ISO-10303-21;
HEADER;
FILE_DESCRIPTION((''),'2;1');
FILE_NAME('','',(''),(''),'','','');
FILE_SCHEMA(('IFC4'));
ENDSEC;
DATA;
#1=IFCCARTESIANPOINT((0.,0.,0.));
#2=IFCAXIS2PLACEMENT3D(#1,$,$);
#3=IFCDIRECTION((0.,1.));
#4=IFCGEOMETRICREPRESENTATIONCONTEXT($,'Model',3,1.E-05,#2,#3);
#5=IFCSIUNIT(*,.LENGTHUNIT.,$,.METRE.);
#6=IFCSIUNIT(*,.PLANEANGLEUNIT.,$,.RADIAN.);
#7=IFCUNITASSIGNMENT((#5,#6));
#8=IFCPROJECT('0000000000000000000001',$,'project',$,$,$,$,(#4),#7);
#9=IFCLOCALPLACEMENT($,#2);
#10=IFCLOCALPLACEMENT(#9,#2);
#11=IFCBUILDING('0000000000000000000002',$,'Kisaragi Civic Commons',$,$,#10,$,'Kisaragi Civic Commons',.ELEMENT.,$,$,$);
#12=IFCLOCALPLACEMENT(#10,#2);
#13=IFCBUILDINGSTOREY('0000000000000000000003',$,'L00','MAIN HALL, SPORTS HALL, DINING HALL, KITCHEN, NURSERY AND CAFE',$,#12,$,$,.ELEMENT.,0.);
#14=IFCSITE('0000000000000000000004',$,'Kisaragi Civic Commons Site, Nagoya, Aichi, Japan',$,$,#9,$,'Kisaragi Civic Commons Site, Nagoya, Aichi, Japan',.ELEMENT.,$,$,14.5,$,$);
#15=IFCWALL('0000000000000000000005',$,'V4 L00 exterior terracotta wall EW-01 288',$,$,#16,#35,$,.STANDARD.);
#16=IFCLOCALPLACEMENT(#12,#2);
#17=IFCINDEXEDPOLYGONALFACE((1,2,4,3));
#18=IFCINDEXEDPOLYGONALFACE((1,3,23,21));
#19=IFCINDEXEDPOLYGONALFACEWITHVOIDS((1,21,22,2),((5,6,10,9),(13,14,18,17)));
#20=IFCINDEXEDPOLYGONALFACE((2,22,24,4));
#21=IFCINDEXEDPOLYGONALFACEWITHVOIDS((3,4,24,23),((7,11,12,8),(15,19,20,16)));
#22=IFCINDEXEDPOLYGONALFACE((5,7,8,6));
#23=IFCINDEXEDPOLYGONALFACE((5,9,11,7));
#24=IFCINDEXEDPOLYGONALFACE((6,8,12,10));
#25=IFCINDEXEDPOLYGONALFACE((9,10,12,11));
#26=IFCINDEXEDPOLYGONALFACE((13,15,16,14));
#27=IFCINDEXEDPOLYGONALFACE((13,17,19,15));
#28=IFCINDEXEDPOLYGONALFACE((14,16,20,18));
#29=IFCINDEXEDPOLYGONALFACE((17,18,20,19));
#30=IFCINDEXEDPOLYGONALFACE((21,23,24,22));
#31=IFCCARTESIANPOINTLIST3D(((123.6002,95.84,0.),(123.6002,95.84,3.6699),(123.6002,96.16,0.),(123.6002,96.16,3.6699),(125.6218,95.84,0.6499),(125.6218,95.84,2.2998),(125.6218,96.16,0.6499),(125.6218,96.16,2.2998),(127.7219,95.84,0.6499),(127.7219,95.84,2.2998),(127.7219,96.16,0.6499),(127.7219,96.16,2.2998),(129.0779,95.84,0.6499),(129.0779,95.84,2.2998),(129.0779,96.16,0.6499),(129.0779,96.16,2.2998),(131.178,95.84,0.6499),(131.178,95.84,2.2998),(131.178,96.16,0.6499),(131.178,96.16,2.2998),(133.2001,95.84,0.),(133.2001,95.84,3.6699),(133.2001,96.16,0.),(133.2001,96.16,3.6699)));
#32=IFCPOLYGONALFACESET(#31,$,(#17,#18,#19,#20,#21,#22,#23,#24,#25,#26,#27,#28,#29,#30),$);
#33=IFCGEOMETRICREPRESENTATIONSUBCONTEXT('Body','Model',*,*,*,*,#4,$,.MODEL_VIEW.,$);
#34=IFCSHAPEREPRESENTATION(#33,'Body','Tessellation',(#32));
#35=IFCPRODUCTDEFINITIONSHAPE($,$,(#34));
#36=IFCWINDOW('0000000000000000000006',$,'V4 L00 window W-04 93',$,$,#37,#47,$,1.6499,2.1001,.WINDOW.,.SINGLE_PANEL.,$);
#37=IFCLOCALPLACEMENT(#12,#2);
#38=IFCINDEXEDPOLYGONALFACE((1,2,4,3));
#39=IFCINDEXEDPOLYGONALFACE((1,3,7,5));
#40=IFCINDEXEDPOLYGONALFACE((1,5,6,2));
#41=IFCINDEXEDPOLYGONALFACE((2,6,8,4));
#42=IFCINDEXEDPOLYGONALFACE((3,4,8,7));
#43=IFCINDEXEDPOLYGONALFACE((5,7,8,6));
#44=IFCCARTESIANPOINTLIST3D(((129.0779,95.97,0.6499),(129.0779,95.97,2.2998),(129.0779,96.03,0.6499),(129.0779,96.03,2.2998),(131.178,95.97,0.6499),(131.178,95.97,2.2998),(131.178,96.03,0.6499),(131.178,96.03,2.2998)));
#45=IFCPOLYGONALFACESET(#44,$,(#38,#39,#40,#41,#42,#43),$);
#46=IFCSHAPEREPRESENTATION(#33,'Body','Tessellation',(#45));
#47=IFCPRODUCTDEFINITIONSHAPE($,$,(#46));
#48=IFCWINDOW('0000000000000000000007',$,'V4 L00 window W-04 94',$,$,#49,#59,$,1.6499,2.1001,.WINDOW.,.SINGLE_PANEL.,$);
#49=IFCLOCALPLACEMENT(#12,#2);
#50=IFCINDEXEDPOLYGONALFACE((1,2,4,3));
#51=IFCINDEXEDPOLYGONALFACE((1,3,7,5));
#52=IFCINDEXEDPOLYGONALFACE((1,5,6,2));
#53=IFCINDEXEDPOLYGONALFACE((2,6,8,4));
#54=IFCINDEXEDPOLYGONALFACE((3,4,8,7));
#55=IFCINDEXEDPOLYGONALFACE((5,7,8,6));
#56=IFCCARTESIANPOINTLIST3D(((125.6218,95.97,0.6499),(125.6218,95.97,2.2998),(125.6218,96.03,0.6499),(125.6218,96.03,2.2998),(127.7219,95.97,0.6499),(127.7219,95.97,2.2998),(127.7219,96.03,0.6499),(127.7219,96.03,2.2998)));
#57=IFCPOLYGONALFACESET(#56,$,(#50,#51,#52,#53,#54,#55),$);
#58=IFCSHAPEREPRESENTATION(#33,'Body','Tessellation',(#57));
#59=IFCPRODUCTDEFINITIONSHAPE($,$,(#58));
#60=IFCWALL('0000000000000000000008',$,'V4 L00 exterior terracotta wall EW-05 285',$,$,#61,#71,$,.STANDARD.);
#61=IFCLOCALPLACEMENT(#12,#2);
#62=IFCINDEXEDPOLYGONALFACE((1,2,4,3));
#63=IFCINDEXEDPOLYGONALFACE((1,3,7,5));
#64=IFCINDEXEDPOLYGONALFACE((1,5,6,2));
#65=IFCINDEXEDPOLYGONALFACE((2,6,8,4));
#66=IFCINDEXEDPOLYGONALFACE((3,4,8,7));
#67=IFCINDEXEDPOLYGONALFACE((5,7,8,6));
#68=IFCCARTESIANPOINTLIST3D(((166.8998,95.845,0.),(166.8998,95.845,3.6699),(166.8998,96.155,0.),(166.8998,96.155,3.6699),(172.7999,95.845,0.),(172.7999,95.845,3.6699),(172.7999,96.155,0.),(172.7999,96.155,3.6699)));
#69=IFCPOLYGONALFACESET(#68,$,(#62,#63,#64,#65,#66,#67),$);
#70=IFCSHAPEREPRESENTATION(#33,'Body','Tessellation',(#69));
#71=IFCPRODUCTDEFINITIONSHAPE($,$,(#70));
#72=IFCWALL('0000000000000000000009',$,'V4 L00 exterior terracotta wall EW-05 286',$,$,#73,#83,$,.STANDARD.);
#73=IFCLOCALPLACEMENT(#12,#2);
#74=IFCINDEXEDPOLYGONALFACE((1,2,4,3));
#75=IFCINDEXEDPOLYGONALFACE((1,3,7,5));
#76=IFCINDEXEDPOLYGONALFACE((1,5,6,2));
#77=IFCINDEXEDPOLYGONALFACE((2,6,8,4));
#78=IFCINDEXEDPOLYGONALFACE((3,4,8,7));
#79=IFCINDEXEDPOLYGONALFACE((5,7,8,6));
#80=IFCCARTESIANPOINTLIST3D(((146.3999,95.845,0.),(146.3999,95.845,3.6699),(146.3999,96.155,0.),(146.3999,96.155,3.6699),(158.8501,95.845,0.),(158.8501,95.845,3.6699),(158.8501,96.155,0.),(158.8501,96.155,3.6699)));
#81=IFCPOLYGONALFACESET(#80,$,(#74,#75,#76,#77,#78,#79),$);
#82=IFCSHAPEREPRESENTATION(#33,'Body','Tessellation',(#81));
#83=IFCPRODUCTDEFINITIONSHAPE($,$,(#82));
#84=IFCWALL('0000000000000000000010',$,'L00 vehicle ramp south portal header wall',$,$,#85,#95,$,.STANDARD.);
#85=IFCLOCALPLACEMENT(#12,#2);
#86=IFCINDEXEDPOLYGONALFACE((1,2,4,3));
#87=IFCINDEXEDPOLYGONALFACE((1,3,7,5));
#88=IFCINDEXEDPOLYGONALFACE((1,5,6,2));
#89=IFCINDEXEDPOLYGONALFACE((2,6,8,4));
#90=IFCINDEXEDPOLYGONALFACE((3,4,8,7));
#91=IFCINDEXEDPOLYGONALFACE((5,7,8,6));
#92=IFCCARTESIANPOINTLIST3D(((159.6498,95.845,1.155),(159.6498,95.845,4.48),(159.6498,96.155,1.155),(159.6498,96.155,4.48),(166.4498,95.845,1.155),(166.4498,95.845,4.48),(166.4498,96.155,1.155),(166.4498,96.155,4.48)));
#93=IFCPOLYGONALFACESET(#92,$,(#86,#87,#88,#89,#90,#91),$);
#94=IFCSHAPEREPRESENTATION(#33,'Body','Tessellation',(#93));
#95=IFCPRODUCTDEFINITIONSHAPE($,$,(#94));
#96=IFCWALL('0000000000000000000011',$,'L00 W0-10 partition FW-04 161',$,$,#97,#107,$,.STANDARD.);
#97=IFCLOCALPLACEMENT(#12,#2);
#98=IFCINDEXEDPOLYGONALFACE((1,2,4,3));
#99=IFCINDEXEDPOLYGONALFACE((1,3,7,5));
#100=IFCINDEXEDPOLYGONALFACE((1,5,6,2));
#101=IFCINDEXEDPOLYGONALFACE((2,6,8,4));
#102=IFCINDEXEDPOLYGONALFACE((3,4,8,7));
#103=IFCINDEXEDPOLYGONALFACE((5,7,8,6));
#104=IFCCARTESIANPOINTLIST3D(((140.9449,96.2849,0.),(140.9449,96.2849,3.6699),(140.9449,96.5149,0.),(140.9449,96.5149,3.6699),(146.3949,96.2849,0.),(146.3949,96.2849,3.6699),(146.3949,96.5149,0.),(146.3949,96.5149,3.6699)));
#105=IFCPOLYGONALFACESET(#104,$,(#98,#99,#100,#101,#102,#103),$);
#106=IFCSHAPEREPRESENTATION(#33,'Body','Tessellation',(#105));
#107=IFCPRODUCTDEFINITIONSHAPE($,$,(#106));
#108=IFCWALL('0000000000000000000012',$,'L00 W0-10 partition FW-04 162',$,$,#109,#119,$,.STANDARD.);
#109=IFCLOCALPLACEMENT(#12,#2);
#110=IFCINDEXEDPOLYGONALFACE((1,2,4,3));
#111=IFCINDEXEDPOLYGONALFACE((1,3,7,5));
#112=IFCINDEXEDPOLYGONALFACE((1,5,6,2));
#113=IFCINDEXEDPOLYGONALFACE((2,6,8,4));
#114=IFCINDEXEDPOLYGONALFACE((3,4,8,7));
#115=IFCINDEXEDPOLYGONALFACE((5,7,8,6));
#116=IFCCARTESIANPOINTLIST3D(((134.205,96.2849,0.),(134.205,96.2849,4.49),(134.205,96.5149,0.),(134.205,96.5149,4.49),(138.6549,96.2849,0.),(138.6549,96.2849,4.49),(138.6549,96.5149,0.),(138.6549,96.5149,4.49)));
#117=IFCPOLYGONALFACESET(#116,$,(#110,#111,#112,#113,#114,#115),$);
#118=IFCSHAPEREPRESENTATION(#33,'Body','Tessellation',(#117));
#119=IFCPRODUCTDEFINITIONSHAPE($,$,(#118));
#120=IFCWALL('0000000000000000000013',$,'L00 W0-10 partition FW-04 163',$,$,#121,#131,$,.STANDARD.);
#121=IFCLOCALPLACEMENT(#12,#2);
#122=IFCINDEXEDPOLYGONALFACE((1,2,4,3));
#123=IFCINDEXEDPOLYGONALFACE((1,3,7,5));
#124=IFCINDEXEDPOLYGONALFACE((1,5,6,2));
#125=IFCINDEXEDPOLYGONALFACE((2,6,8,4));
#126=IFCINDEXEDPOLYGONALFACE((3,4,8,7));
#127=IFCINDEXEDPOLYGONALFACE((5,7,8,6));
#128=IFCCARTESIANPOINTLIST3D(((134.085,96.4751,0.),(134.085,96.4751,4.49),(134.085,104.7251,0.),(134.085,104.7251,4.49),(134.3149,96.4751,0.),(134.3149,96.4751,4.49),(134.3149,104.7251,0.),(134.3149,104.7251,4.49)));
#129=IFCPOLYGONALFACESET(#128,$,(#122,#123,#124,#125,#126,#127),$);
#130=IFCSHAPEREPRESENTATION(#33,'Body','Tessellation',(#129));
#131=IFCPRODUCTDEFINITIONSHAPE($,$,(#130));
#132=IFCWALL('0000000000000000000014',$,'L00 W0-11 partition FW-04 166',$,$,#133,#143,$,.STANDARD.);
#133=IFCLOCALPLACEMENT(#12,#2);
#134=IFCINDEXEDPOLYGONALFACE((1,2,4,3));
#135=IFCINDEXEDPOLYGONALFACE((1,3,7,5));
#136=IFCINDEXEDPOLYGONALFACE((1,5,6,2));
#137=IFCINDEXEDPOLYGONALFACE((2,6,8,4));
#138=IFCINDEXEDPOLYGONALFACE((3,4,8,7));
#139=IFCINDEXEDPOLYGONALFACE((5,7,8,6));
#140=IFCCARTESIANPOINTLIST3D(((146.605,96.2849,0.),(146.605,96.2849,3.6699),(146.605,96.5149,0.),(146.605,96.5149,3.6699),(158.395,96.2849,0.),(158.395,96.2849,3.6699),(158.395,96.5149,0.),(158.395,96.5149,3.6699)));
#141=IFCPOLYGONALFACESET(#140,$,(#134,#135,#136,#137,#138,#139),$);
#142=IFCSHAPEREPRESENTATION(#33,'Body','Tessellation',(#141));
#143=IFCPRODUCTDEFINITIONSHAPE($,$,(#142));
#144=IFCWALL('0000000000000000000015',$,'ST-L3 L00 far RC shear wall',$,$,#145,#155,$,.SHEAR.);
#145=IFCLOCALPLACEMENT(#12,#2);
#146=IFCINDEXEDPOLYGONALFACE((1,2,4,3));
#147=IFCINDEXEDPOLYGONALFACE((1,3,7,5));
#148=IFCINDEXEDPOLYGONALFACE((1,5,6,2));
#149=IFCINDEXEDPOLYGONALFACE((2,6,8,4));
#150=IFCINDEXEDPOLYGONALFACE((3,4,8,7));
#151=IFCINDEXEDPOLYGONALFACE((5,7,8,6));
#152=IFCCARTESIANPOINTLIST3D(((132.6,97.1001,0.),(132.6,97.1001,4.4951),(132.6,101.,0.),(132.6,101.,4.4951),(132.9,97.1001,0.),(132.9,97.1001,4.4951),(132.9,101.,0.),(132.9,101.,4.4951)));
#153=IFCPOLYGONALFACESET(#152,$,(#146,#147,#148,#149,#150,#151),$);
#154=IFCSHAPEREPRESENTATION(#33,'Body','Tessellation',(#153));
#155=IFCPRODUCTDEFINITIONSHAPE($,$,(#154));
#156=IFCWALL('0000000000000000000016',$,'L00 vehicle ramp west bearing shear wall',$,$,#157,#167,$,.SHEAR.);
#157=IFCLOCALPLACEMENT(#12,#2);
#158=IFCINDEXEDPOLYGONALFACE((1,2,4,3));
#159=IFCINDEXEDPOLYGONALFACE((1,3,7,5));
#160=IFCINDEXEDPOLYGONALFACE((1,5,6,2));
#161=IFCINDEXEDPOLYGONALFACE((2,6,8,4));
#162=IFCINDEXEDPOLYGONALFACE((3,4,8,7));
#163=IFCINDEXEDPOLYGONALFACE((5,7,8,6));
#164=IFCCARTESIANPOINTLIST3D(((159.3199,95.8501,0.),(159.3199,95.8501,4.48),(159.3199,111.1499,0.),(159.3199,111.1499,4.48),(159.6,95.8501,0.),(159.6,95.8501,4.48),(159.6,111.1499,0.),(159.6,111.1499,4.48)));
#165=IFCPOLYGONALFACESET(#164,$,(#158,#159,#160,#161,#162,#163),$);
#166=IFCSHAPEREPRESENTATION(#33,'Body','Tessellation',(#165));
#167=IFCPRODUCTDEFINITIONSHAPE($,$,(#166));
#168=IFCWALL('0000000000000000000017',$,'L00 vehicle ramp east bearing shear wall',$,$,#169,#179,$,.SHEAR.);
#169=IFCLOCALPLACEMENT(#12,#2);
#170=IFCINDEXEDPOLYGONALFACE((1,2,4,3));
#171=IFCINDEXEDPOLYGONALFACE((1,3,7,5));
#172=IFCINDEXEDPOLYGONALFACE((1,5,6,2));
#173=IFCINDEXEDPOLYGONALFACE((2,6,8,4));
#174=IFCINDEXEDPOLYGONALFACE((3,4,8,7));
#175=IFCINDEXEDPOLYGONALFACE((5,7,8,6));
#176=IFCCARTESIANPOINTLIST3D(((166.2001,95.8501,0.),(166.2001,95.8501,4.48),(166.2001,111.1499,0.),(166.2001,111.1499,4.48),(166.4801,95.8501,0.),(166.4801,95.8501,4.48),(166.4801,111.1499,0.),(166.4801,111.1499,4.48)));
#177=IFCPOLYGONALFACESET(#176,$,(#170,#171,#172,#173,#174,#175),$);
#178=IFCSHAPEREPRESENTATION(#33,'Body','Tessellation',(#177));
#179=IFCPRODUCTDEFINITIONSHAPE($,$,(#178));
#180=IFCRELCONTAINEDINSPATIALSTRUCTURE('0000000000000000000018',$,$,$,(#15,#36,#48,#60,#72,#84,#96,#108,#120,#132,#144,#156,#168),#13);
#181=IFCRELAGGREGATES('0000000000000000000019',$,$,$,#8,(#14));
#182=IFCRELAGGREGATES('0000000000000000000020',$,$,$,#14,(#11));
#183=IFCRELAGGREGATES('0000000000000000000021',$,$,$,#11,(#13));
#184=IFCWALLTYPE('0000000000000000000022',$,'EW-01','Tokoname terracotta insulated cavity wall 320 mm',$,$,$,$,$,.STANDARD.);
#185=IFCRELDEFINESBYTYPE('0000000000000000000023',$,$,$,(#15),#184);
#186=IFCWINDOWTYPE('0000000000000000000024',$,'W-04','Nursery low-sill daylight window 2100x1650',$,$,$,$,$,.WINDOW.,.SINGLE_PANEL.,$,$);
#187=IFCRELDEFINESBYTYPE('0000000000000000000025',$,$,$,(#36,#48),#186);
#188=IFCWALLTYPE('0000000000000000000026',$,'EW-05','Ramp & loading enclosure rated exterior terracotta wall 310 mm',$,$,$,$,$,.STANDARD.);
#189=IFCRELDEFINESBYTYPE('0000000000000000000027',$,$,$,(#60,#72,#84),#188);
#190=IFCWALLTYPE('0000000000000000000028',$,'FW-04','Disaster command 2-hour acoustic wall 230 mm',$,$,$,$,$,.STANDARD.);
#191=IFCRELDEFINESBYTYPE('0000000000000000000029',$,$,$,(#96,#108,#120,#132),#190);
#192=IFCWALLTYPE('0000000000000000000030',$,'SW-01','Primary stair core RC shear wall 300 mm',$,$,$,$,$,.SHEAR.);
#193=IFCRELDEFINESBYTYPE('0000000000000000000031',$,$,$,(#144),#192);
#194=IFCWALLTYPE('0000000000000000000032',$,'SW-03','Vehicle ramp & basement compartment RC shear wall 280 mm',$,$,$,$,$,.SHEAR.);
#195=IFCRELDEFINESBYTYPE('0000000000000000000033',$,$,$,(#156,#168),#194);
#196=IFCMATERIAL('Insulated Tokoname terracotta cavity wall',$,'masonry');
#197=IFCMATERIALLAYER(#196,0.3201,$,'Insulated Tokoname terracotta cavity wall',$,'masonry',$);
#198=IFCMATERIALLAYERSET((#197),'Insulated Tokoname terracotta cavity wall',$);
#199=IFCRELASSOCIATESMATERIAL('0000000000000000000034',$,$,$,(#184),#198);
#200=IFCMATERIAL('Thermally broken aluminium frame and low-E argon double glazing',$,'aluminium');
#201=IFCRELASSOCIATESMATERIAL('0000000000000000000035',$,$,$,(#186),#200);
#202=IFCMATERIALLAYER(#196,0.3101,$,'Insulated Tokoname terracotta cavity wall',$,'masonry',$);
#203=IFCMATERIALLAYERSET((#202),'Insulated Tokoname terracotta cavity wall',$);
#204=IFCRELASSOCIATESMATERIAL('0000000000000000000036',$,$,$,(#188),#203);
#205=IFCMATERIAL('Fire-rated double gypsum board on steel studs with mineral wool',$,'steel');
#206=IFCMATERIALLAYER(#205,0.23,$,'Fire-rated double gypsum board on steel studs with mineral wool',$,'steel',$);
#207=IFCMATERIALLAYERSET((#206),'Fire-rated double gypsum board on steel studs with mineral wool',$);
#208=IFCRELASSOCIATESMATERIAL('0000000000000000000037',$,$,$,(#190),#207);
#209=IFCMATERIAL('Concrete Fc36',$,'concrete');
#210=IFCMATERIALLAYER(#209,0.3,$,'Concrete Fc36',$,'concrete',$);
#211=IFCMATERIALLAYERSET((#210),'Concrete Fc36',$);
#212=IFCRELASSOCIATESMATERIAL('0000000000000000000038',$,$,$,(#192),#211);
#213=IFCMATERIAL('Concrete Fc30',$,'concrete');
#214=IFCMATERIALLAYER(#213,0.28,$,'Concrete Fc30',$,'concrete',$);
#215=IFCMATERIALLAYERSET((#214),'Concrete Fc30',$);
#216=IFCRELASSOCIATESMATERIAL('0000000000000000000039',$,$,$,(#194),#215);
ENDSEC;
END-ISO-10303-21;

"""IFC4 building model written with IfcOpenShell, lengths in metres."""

from ifc_helpers import new_model, si_unit, direction, frame, frame_2d, origin, place, context, subcontext, project, spatial, rectangle, extrude, material, layer, layer_set, type_object, element, fill, save


model = new_model("IFC4")

# Units and contexts
model_context = context("Model", 3, precision=1e-05, world=origin(), true_north=direction((0.0, 1.0)))
body_context = subcontext(model_context, "Body", "Model", "MODEL_VIEW")
ifc_project = project(units=[si_unit("LENGTHUNIT", "METRE"), si_unit("PLANEANGLEUNIT", "RADIAN")], contexts=[model_context])

# Site, building, storey
site_placement = place(None, origin())
site = spatial("IfcSite", under=ifc_project, at=site_placement, Name="Kisaragi Civic Commons Site, Nagoya, Aichi, Japan", LongName="Kisaragi Civic Commons Site, Nagoya, Aichi, Japan", CompositionType="ELEMENT", RefElevation=14.5)
building_placement = place(site_placement, origin())
building = spatial("IfcBuilding", under=site, at=building_placement, Name="Kisaragi Civic Commons", LongName="Kisaragi Civic Commons", CompositionType="ELEMENT")
storey_placement = place(building_placement, origin())
storey = spatial("IfcBuildingStorey", under=building, at=storey_placement, Name="L00", Description="MAIN HALL, SPORTS HALL, DINING HALL, KITCHEN, NURSERY AND CAFE", CompositionType="ELEMENT", Elevation=0.0)

# Shared definitions
ifc_material_1 = material(Name="Concrete Fc36", Category="concrete")

# Shared definitions
ifc_material_2 = material(Name="Concrete Fc30", Category="concrete")

# Shared definitions
ifc_material_3 = material(Name="Insulated Tokoname terracotta cavity wall", Category="masonry")
ifc_layer_1 = layer(ifc_material_3, 0.3201, Name="Insulated Tokoname terracotta cavity wall", Category="masonry")
ifc_layer_set_1 = layer_set([ifc_layer_1], Name="Insulated Tokoname terracotta cavity wall")
wall_type_1 = type_object("IfcWallType", Name="EW-01", Description="Tokoname terracotta insulated cavity wall 320 mm", PredefinedType="STANDARD", material=ifc_layer_set_1)

# Wall, openings, windows
wall_1_placement = place(storey_placement, frame((133.2, 96.0, 0.0), z_axis=(0.0, 0.0, 1.0), x_axis=(-1.0, 0.0, 0.0)))
wall_1 = element("IfcWall", 1, at=wall_1_placement, inside=storey, type_object=wall_type_1, Name="V4 L00 exterior terracotta wall EW-01 288", PredefinedType="STANDARD", context=body_context, shape_type="SweptSolid", body=[
    extrude(rectangle(XDim=9.5999, YDim=0.3201, at=frame_2d((4.7998, 0.0))), origin(), (0.0, 0.0, 1.0), 3.6699),
])
opening_1_placement = place(wall_1_placement, frame((2.022, 0.0, 0.6499)))
opening_1 = element("IfcOpeningElement", 2, at=opening_1_placement, cuts=wall_1, PredefinedType="OPENING", context=body_context, shape_type="SweptSolid", body=[
    extrude(rectangle(XDim=2.1001, YDim=1.6499, at=frame_2d((1.05, 0.825))), frame((0.0, 0.1699, 0.0), z_axis=(0.0, -1.0, 0.0), x_axis=(1.0, 0.0, 0.0)), (0.0, 0.0, 1.0), 0.3401),
])
opening_2_placement = place(wall_1_placement, frame((5.478, 0.0, 0.6499)))
opening_2 = element("IfcOpeningElement", 3, at=opening_2_placement, cuts=wall_1, PredefinedType="OPENING", context=body_context, shape_type="SweptSolid", body=[
    extrude(rectangle(XDim=2.1001, YDim=1.6499, at=frame_2d((1.05, 0.825))), frame((0.0, 0.1699, 0.0), z_axis=(0.0, -1.0, 0.0), x_axis=(1.0, 0.0, 0.0)), (0.0, 0.0, 1.0), 0.3401),
])
ifc_material_4 = material(Name="Thermally broken aluminium frame and low-E argon double glazing", Category="aluminium")
window_type = type_object("IfcWindowType", Name="W-04", Description="Nursery low-sill daylight window 2100x1650", PartitioningType="SINGLE_PANEL", PredefinedType="WINDOW", material=ifc_material_4)
window_1_placement = place(opening_1_placement, origin())
window_1 = element("IfcWindow", 4, at=window_1_placement, inside=storey, type_object=window_type, Name="V4 L00 window W-04 93", OverallHeight=1.6499, OverallWidth=2.1001, PartitioningType="SINGLE_PANEL", PredefinedType="WINDOW", context=body_context, shape_type="SweptSolid", body=[
    extrude(rectangle(XDim=2.1001, YDim=1.6499, at=frame_2d((1.05, 0.825))), frame((0.0, 0.03, 0.0), z_axis=(0.0, -1.0, 0.0), x_axis=(1.0, 0.0, 0.0)), (0.0, 0.0, 1.0), 0.0601),
])
fill(opening_1, window_1)
window_2_placement = place(opening_2_placement, origin())
window_2 = element("IfcWindow", 5, at=window_2_placement, inside=storey, type_object=window_type, Name="V4 L00 window W-04 94", OverallHeight=1.6499, OverallWidth=2.1001, PartitioningType="SINGLE_PANEL", PredefinedType="WINDOW", context=body_context, shape_type="SweptSolid", body=[
    extrude(rectangle(XDim=2.1001, YDim=1.6499, at=frame_2d((1.05, 0.825))), frame((0.0, 0.03, 0.0), z_axis=(0.0, -1.0, 0.0), x_axis=(1.0, 0.0, 0.0)), (0.0, 0.0, 1.0), 0.0601),
])
fill(opening_2, window_2)

# Walls
ifc_layer_2 = layer(ifc_material_3, 0.3101, Name="Insulated Tokoname terracotta cavity wall", Category="masonry")
ifc_layer_set_2 = layer_set([ifc_layer_2], Name="Insulated Tokoname terracotta cavity wall")
wall_type_2 = type_object("IfcWallType", Name="EW-05", Description="Ramp & loading enclosure rated exterior terracotta wall 310 mm", PredefinedType="STANDARD", material=ifc_layer_set_2)
wall_2_placement = place(storey_placement, frame((172.8, 96.0, 0.0), z_axis=(0.0, 0.0, 1.0), x_axis=(-1.0, 0.0, 0.0)))
element("IfcWall", 6, at=wall_2_placement, inside=storey, type_object=wall_type_2, Name="V4 L00 exterior terracotta wall EW-05 285", PredefinedType="STANDARD", context=body_context, shape_type="SweptSolid", body=[
    extrude(rectangle(XDim=5.9001, YDim=0.3101, at=frame_2d((2.9502, 0.0))), origin(), (0.0, 0.0, 1.0), 3.6699),
])
wall_3_placement = place(storey_placement, frame((158.8501, 96.0, 0.0), z_axis=(0.0, 0.0, 1.0), x_axis=(-1.0, 0.0, 0.0)))
element("IfcWall", 7, at=wall_3_placement, inside=storey, type_object=wall_type_2, Name="V4 L00 exterior terracotta wall EW-05 286", PredefinedType="STANDARD", context=body_context, shape_type="SweptSolid", body=[
    extrude(rectangle(XDim=12.4502, YDim=0.3101, at=frame_2d((6.2251, 0.0))), origin(), (0.0, 0.0, 1.0), 3.6699),
])
wall_4_placement = place(storey_placement, frame((159.6499, 96.0, 1.155), z_axis=(0.0, 0.0, 1.0), x_axis=(1.0, 0.0, 0.0)))
element("IfcWall", 8, at=wall_4_placement, inside=storey, type_object=wall_type_2, Name="L00 vehicle ramp south portal header wall", PredefinedType="STANDARD", context=body_context, shape_type="SweptSolid", body=[
    extrude(rectangle(XDim=6.8, YDim=0.3101, at=frame_2d((3.3999, 0.0))), origin(), (0.0, 0.0, 1.0), 3.325),
])
ifc_material_5 = material(Name="Fire-rated double gypsum board on steel studs with mineral wool", Category="steel")
ifc_layer_3 = layer(ifc_material_5, 0.23, Name="Fire-rated double gypsum board on steel studs with mineral wool", Category="steel")
ifc_layer_set_3 = layer_set([ifc_layer_3], Name="Fire-rated double gypsum board on steel studs with mineral wool")
wall_type_3 = type_object("IfcWallType", Name="FW-04", Description="Disaster command 2-hour acoustic wall 230 mm", PredefinedType="STANDARD", material=ifc_layer_set_3)
wall_5_placement = place(storey_placement, frame((146.395, 96.3999, 0.0), z_axis=(0.0, 0.0, 1.0), x_axis=(-1.0, 0.0, 0.0)))
element("IfcWall", 9, at=wall_5_placement, inside=storey, type_object=wall_type_3, Name="L00 W0-10 partition FW-04 161", PredefinedType="STANDARD", context=body_context, shape_type="SweptSolid", body=[
    extrude(rectangle(XDim=5.45, YDim=0.23, at=frame_2d((2.7251, 0.0))), origin(), (0.0, 0.0, 1.0), 3.6699),
])
wall_6_placement = place(storey_placement, frame((138.655, 96.3999, 0.0), z_axis=(0.0, 0.0, 1.0), x_axis=(-1.0, 0.0, 0.0)))
element("IfcWall", 10, at=wall_6_placement, inside=storey, type_object=wall_type_3, Name="L00 W0-10 partition FW-04 162", PredefinedType="STANDARD", context=body_context, shape_type="SweptSolid", body=[
    extrude(rectangle(XDim=4.45, YDim=0.23, at=frame_2d((2.2251, 0.0))), origin(), (0.0, 0.0, 1.0), 4.49),
])
wall_7_placement = place(storey_placement, frame((134.2, 96.4751, 0.0), z_axis=(0.0, 0.0, 1.0), x_axis=(0.0, 1.0, 0.0)))
element("IfcWall", 11, at=wall_7_placement, inside=storey, type_object=wall_type_3, Name="L00 W0-10 partition FW-04 163", PredefinedType="STANDARD", context=body_context, shape_type="SweptSolid", body=[
    extrude(rectangle(XDim=8.25, YDim=0.23, at=frame_2d((4.125, 0.0))), origin(), (0.0, 0.0, 1.0), 4.49),
])
wall_8_placement = place(storey_placement, frame((158.395, 96.3999, 0.0), z_axis=(0.0, 0.0, 1.0), x_axis=(-1.0, 0.0, 0.0)))
element("IfcWall", 12, at=wall_8_placement, inside=storey, type_object=wall_type_3, Name="L00 W0-11 partition FW-04 166", PredefinedType="STANDARD", context=body_context, shape_type="SweptSolid", body=[
    extrude(rectangle(XDim=11.79, YDim=0.23, at=frame_2d((5.895, 0.0))), origin(), (0.0, 0.0, 1.0), 3.6699),
])
ifc_layer_4 = layer(ifc_material_1, 0.3, Name="Concrete Fc36", Category="concrete")
ifc_layer_set_4 = layer_set([ifc_layer_4], Name="Concrete Fc36")
wall_type_4 = type_object("IfcWallType", Name="SW-01", Description="Primary stair core RC shear wall 300 mm", PredefinedType="SHEAR", material=ifc_layer_set_4)
wall_9_placement = place(storey_placement, frame((132.75, 97.1001, 0.0), z_axis=(0.0, 0.0, 1.0), x_axis=(0.0, 1.0, 0.0)))
element("IfcWall", 13, at=wall_9_placement, inside=storey, type_object=wall_type_4, Name="ST-L3 L00 far RC shear wall", PredefinedType="SHEAR", context=body_context, shape_type="SweptSolid", body=[
    extrude(rectangle(XDim=3.8999, YDim=0.3, at=frame_2d((1.95, 0.0))), origin(), (0.0, 0.0, 1.0), 4.4951),
])
ifc_layer_5 = layer(ifc_material_2, 0.28, Name="Concrete Fc30", Category="concrete")
ifc_layer_set_5 = layer_set([ifc_layer_5], Name="Concrete Fc30")
wall_type_5 = type_object("IfcWallType", Name="SW-03", Description="Vehicle ramp & basement compartment RC shear wall 280 mm", PredefinedType="SHEAR", material=ifc_layer_set_5)
for number, where, z_axis, x_axis, name in (
    (14, (159.46, 95.8501, 0.0), (0.0, 0.0, 1.0), (0.0, 1.0, 0.0), "L00 vehicle ramp west bearing shear wall"),
    (15, (166.3401, 95.8501, 0.0), (0.0, 0.0, 1.0), (0.0, 1.0, 0.0), "L00 vehicle ramp east bearing shear wall"),
):
    element("IfcWall", number, at=place(storey_placement, frame(where, z_axis=z_axis, x_axis=x_axis)), inside=storey, type_object=wall_type_5, Name=name, PredefinedType="SHEAR", context=body_context, shape_type="SweptSolid", body=[
        extrude(rectangle(XDim=15.2998, YDim=0.28, at=frame_2d((7.6499, 0.0))), origin(), (0.0, 0.0, 1.0), 4.48),
    ])

save(model, "model.ifc")
